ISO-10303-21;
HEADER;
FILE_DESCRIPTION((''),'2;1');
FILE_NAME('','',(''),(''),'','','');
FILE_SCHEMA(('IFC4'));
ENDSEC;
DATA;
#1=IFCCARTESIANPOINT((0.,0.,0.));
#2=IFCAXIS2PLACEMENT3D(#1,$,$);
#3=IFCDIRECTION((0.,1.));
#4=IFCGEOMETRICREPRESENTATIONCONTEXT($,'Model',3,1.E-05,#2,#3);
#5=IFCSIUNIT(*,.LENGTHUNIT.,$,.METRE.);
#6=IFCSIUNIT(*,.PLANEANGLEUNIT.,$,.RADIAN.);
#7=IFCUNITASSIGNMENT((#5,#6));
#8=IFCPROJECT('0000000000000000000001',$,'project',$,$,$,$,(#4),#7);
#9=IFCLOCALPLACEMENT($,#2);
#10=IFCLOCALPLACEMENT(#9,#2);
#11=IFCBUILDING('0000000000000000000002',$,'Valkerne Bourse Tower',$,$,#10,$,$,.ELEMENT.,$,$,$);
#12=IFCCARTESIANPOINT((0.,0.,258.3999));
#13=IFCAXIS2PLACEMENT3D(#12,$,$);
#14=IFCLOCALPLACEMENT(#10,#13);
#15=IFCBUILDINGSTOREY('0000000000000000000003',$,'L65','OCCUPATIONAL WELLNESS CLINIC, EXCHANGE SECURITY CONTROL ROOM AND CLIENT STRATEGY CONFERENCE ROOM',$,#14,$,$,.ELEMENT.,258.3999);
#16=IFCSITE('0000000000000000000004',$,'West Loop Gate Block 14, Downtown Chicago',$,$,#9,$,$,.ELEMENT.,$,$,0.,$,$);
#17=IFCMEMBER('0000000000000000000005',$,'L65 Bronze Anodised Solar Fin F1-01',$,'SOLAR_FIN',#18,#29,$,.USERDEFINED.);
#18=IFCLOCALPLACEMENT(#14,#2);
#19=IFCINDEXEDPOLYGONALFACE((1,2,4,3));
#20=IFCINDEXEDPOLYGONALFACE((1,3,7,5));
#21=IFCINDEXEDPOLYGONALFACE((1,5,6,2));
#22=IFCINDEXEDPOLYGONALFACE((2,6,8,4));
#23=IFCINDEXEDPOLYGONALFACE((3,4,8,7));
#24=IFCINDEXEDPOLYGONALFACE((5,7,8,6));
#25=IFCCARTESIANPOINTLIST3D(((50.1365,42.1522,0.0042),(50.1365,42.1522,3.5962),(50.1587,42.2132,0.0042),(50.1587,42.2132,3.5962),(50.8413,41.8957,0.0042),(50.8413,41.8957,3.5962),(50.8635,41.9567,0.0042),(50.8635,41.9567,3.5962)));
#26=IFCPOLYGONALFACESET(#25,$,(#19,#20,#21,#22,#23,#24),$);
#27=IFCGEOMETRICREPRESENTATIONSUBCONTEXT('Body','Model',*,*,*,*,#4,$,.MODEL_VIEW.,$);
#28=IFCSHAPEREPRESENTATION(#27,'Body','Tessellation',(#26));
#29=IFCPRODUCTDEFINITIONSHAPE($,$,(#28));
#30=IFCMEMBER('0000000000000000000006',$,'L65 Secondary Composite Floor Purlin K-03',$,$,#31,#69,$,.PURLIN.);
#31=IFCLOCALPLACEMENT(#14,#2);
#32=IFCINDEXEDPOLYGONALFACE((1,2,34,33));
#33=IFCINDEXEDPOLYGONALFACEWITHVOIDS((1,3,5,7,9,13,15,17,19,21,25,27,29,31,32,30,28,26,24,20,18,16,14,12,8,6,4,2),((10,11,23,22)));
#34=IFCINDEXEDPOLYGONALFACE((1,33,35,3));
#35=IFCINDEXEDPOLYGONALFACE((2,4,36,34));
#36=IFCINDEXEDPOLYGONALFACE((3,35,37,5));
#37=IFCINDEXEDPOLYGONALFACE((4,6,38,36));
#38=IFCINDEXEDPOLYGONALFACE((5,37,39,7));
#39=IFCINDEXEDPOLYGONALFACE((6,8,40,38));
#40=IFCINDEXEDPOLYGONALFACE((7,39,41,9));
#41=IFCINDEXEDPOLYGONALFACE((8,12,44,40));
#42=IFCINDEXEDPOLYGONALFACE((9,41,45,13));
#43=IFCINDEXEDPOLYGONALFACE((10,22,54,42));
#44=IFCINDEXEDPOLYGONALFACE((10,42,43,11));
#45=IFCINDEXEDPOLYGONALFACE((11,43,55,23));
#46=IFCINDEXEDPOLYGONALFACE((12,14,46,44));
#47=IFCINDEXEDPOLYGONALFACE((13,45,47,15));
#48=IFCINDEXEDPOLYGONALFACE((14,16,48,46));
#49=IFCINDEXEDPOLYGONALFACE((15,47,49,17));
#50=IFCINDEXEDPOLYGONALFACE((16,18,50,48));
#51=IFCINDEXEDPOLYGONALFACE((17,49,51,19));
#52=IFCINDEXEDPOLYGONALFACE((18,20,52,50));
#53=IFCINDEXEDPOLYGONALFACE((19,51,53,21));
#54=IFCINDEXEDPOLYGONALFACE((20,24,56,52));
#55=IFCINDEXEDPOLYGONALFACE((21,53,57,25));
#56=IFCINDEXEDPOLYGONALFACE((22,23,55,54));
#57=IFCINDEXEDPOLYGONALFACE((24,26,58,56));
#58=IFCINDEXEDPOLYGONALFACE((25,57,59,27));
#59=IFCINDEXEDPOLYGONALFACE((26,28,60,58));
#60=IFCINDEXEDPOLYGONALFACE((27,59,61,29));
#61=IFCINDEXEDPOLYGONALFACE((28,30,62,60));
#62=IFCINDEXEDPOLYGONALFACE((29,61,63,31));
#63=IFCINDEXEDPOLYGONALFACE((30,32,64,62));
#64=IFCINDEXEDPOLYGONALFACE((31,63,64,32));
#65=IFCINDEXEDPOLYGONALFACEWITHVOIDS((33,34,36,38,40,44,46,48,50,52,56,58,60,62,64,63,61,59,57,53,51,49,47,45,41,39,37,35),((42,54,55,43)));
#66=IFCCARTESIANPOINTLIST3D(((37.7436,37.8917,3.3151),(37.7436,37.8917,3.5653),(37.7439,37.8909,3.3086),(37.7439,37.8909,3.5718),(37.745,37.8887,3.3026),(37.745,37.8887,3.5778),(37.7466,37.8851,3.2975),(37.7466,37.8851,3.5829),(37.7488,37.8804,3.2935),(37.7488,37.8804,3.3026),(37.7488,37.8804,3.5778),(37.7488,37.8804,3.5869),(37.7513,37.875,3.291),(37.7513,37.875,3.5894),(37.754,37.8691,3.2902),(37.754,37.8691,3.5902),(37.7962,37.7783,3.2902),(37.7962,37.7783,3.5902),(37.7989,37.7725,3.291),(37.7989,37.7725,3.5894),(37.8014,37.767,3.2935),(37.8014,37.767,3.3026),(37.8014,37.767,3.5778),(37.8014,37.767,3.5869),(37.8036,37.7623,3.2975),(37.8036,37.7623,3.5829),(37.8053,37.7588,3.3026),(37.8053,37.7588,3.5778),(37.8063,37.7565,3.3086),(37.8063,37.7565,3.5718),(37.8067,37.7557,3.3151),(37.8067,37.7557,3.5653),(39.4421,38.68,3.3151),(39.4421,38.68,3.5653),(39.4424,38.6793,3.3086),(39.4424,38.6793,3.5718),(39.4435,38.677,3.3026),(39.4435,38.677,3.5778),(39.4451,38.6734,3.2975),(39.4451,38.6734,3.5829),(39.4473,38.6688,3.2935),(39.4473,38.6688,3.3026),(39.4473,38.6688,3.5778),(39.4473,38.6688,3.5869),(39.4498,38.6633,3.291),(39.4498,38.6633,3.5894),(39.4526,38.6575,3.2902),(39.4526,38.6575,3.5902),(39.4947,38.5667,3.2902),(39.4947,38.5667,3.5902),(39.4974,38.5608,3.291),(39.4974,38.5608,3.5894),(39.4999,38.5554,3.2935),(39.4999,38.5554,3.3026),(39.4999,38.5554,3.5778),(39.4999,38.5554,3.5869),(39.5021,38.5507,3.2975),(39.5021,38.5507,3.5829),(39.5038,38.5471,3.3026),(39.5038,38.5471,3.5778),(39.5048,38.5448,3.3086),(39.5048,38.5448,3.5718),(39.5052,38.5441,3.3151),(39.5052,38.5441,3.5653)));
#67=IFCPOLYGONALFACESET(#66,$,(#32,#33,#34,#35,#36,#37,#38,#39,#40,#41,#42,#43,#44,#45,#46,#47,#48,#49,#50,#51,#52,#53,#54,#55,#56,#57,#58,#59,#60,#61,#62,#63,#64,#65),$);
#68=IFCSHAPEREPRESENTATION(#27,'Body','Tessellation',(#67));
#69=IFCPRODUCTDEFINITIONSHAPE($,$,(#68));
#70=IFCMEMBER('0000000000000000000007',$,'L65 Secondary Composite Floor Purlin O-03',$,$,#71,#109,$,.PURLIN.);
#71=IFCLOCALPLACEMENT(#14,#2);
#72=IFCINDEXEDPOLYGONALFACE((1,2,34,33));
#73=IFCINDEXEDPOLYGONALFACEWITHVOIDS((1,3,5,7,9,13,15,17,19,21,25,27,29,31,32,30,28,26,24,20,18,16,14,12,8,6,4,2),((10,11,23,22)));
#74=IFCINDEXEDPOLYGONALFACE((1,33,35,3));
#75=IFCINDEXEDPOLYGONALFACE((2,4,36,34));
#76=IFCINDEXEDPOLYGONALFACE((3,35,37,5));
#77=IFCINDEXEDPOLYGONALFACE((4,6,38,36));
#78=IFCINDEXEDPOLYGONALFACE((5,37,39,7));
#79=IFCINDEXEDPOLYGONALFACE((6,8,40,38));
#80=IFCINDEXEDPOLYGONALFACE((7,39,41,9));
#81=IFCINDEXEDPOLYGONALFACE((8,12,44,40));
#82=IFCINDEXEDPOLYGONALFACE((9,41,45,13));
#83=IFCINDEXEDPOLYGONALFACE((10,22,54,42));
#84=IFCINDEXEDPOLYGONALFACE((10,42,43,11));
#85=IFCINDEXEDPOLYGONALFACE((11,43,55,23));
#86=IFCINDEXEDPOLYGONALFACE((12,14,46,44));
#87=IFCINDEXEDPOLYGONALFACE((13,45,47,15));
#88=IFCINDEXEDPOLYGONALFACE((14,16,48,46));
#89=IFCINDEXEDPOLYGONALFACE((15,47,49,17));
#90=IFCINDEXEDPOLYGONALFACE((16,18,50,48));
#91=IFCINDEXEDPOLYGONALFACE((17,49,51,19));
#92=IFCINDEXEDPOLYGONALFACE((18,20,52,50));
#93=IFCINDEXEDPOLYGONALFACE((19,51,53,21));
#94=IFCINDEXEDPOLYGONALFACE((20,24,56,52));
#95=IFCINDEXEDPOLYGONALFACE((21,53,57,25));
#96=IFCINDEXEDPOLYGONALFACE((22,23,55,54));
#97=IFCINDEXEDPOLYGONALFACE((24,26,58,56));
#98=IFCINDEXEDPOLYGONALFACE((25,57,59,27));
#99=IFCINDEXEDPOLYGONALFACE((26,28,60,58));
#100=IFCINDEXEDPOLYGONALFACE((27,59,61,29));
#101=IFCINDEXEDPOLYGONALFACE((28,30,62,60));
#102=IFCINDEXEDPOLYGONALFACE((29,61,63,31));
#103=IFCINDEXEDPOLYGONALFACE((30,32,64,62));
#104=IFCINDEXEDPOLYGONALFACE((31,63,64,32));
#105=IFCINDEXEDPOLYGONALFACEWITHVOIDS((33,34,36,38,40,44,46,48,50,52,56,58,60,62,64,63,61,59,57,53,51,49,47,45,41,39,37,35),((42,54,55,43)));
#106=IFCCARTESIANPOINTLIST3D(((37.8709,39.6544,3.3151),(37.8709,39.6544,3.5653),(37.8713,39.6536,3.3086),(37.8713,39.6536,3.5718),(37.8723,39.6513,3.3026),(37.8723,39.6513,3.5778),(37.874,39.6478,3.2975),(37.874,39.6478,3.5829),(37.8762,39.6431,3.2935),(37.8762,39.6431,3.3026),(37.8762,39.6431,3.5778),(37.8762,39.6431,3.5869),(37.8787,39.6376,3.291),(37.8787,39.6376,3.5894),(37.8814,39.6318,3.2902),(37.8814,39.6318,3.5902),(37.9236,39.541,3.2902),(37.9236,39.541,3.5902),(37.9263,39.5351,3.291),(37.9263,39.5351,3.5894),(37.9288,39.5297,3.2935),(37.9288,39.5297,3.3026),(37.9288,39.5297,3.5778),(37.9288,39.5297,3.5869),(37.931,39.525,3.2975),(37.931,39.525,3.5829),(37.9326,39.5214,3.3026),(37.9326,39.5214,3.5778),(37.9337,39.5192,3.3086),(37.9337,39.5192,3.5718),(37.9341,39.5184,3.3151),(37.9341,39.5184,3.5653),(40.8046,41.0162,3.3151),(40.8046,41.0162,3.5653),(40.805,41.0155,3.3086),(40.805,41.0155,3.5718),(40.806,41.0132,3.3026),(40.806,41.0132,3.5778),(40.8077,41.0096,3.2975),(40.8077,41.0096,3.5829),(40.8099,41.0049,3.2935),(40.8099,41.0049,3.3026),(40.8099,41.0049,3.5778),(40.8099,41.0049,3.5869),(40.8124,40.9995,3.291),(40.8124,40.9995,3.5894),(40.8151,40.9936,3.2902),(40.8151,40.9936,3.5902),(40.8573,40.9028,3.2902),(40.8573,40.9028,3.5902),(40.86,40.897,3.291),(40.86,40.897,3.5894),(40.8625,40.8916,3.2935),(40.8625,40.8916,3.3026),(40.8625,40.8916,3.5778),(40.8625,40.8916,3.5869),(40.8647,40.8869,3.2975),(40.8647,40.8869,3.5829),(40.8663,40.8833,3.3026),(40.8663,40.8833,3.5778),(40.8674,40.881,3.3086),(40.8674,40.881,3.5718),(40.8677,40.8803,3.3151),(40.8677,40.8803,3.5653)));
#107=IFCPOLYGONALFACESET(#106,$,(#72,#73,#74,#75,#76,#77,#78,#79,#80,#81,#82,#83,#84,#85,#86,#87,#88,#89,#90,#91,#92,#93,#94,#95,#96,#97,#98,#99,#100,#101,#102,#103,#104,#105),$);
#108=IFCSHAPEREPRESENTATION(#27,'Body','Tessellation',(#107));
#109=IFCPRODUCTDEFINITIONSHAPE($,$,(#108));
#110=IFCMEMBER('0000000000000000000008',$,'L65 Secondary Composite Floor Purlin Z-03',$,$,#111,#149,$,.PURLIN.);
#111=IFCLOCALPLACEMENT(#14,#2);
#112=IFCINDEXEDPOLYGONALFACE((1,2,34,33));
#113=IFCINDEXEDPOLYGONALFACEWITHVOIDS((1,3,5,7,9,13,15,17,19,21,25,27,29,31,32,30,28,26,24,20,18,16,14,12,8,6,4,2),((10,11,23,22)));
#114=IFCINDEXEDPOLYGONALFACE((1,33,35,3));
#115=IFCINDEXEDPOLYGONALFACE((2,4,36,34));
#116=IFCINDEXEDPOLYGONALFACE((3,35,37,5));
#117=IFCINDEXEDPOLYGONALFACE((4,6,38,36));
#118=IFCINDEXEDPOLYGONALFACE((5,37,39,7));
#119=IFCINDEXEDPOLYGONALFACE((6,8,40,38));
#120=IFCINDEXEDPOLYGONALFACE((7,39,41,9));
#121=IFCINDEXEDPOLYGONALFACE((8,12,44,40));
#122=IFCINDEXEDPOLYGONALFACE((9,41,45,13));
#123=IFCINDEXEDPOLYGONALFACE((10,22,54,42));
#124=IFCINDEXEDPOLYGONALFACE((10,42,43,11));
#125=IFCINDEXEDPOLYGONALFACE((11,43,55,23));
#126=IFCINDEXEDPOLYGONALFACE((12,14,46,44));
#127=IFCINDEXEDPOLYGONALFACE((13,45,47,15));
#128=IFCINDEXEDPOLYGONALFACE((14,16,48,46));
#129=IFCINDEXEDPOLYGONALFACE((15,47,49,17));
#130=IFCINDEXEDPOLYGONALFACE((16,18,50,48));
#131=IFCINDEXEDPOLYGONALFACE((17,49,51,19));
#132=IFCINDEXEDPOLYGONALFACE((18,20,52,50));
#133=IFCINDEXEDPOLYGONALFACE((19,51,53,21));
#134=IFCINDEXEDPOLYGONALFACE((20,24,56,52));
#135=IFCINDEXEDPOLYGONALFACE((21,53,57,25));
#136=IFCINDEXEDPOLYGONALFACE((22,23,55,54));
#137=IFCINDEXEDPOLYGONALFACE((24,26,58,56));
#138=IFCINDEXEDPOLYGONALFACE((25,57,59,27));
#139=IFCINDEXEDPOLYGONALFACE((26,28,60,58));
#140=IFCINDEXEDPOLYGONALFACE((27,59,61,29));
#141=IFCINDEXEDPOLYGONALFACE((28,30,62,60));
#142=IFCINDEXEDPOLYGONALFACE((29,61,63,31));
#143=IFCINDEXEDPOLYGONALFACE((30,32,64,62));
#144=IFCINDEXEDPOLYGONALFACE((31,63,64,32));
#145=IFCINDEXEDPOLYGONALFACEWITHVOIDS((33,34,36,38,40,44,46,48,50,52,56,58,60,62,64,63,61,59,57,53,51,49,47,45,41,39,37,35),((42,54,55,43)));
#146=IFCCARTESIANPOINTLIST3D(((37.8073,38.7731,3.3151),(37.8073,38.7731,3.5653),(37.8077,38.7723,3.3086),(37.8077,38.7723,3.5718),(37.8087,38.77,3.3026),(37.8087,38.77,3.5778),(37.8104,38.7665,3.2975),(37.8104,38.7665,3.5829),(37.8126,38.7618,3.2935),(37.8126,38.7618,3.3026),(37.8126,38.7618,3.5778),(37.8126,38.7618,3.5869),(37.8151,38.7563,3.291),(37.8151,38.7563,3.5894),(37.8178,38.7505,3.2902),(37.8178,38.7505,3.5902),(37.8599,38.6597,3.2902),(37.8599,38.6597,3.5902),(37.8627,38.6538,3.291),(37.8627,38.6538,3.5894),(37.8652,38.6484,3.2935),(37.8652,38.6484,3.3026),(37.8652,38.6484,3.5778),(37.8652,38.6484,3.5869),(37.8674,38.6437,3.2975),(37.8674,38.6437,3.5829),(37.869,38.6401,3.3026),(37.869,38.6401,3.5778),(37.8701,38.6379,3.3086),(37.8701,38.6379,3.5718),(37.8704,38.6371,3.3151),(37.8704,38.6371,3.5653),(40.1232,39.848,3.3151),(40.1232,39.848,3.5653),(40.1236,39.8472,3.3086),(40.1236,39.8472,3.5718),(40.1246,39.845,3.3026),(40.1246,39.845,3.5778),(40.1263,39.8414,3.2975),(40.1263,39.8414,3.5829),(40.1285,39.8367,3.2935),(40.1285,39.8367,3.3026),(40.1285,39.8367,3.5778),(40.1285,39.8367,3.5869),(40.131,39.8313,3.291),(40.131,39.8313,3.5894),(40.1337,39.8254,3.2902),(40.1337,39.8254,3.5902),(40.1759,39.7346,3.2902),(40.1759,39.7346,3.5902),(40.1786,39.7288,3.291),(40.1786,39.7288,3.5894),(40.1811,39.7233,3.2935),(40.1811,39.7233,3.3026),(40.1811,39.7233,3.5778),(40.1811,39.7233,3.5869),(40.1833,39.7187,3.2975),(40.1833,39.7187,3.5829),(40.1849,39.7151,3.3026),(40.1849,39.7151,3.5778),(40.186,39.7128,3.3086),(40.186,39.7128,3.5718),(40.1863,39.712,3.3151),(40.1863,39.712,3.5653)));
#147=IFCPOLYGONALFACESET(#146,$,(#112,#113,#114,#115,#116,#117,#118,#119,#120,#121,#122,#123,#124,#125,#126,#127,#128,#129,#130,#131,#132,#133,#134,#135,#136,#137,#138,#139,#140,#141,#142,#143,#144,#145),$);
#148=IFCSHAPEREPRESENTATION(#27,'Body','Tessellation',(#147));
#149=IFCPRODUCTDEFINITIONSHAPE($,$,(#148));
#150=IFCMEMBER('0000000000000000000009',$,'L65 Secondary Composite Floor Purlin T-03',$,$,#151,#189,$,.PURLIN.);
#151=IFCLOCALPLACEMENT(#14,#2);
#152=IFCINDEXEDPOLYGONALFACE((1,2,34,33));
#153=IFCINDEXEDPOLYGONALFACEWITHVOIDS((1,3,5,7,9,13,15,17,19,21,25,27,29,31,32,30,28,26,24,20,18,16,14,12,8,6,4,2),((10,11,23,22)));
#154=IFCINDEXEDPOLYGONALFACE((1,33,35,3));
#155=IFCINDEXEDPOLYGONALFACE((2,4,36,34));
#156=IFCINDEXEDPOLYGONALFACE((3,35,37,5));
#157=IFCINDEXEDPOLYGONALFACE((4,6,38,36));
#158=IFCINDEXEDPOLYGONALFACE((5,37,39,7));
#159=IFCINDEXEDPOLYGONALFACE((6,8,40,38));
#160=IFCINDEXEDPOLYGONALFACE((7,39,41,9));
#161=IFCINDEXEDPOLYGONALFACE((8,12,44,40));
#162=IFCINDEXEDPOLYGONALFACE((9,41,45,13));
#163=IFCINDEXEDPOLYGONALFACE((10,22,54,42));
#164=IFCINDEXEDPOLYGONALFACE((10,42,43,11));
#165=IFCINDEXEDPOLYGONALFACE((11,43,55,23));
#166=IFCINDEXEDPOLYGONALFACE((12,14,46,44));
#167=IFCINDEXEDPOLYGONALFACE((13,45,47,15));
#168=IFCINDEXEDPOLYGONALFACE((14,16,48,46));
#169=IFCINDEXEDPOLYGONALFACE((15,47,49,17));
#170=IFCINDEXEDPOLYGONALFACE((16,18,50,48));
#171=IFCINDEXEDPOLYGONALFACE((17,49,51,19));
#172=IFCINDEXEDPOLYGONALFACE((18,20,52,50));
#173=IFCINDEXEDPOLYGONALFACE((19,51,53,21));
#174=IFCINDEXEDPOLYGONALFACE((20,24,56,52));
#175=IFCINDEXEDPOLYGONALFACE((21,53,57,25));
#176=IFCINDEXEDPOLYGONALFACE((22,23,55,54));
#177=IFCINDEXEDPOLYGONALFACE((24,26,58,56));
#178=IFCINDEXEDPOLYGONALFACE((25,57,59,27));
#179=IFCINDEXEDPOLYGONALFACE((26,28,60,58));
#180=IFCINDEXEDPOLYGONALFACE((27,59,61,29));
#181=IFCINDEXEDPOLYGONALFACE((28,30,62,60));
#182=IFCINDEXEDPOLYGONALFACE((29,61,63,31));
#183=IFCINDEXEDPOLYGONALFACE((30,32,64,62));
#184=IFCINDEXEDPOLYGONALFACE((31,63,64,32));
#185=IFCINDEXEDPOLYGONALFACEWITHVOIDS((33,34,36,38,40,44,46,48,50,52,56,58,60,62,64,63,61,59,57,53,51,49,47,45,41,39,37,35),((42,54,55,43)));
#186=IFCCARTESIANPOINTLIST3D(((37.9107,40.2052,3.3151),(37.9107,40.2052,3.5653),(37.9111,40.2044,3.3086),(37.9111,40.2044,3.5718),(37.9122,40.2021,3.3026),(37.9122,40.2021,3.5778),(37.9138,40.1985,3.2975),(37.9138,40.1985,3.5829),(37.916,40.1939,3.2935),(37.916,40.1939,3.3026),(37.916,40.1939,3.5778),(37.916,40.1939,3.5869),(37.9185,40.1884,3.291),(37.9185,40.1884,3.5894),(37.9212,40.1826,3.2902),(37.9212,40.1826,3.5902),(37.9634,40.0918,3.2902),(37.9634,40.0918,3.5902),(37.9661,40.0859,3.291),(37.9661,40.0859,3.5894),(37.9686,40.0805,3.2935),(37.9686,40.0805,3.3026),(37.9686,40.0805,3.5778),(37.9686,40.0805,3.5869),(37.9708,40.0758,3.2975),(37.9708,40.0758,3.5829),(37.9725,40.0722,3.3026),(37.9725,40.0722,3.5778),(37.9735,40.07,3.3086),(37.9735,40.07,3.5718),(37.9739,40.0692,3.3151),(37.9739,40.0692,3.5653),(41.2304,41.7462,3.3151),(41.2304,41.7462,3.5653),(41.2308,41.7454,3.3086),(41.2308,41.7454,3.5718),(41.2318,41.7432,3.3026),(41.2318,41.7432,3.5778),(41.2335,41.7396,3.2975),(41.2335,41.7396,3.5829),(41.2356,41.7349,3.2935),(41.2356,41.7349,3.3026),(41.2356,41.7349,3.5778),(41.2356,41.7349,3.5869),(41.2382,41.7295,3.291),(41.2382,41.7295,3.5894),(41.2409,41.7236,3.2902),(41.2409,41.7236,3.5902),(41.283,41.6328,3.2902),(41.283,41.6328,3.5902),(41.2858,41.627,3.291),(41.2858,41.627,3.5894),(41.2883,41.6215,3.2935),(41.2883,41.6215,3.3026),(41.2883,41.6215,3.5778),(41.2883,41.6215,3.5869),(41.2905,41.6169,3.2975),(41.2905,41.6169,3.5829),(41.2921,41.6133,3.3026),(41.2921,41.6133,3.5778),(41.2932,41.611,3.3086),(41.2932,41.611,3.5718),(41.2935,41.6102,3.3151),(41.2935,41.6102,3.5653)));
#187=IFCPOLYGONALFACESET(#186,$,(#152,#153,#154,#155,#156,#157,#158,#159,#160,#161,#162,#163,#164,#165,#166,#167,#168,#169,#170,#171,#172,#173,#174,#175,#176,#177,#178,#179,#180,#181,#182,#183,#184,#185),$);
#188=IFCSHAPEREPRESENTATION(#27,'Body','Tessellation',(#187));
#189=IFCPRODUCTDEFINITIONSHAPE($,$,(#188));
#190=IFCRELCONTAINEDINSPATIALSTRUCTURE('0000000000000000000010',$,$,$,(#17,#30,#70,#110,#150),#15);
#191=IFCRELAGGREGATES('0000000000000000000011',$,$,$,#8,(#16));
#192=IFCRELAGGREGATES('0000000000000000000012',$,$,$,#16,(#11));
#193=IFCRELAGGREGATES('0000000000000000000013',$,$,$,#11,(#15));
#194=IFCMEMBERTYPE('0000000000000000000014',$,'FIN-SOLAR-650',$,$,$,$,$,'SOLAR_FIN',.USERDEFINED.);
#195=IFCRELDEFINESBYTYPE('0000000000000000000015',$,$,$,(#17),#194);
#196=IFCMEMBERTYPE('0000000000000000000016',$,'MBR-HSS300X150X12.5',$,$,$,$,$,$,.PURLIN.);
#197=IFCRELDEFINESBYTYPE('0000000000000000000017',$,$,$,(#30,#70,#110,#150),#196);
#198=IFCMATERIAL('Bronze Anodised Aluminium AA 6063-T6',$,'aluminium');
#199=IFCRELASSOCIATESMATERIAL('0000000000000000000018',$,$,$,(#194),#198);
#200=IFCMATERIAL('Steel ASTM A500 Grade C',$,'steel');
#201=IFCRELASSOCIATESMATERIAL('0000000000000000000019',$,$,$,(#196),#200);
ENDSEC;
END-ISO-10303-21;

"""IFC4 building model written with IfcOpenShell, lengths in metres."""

from ifc_helpers import new_model, si_unit, direction, frame, origin, origin_2d, place, context, subcontext, project, spatial, rectangle, hollow_rectangle, extrude, material, material_profile, profile_set, type_object, element, save


model = new_model("IFC4")

# Units and contexts
model_context = context("Model", 3, precision=1e-05, world=origin(), true_north=direction((0.0, 1.0)))
body_context = subcontext(model_context, "Body", "Model", "MODEL_VIEW")
ifc_project = project(units=[si_unit("LENGTHUNIT", "METRE"), si_unit("PLANEANGLEUNIT", "RADIAN")], contexts=[model_context])

# Site, building, storey
site_placement = place(None, origin())
site = spatial("IfcSite", under=ifc_project, at=site_placement, Name="West Loop Gate Block 14, Downtown Chicago", CompositionType="ELEMENT", RefElevation=0.0)
building_placement = place(site_placement, origin())
building = spatial("IfcBuilding", under=site, at=building_placement, Name="Valkerne Bourse Tower", CompositionType="ELEMENT")
storey_placement = place(building_placement, frame((0.0, 0.0, 258.3999)))
storey = spatial("IfcBuildingStorey", under=building, at=storey_placement, Name="L65", Description="OCCUPATIONAL WELLNESS CLINIC, EXCHANGE SECURITY CONTROL ROOM AND CLIENT STRATEGY CONFERENCE ROOM", CompositionType="ELEMENT", Elevation=258.3999)

# Members
ifc_material_1 = material(Name="Bronze Anodised Aluminium AA 6063-T6", Category="aluminium")
ifc_material_profile_1 = material_profile(ifc_material_1, rectangle(XDim=0.0649, YDim=0.75, at=origin_2d()), Name="FIN-65X750")
ifc_profile_set_1 = profile_set([ifc_material_profile_1], Name="Bronze Anodised Aluminium AA 6063-T6")
member_type_1 = type_object("IfcMemberType", Name="FIN-SOLAR-650", ElementType="SOLAR_FIN", PredefinedType="USERDEFINED", material=ifc_profile_set_1)
member_1_placement = place(storey_placement, frame((50.5, 42.0544, 0.0042), z_axis=(0.0, 0.0, 1.0), x_axis=(0.341946, 0.93972, 0.0)))
element("IfcMember", 1, at=member_1_placement, inside=storey, type_object=member_type_1, Name="L65 Bronze Anodised Solar Fin F1-01", ObjectType="SOLAR_FIN", PredefinedType="USERDEFINED", context=body_context, shape_type="SweptSolid", body=[
    extrude(rectangle(XDim=0.0649, YDim=0.75, at=origin_2d()), origin(), (0.0, 0.0, 1.0), 3.592),
])
ifc_material_2 = material(Name="Steel ASTM A500 Grade C", Category="steel")
ifc_material_profile_2 = material_profile(ifc_material_2, hollow_rectangle(XDim=0.1499, YDim=0.3, WallThickness=0.0125, OuterFilletRadius=0.0249, at=origin_2d()), Name="HSS300X150X12.5")
ifc_profile_set_2 = profile_set([ifc_material_profile_2], Name="Steel ASTM A500 Grade C")
member_type_2 = type_object("IfcMemberType", Name="MBR-HSS300X150X12.5", PredefinedType="PURLIN", material=ifc_profile_set_2)
member_2_placement = place(storey_placement, frame((39.4736, 38.6121, 3.4402), z_axis=(-0.907061, -0.421, 0.0), x_axis=(0.421, -0.907061, 0.0)))
element("IfcMember", 2, at=member_2_placement, inside=storey, type_object=member_type_2, Name="L65 Secondary Composite Floor Purlin K-03", PredefinedType="PURLIN", context=body_context, shape_type="SweptSolid", body=[
    extrude(hollow_rectangle(XDim=0.1499, YDim=0.3, WallThickness=0.0125, OuterFilletRadius=0.0249, at=origin_2d()), origin(), (0.0, 0.0, 1.0), 1.8726),
])
member_3_placement = place(storey_placement, frame((40.8362, 40.9482, 3.4402), z_axis=(-0.907034, -0.421058, 0.0), x_axis=(0.421058, -0.907034, 0.0)))
element("IfcMember", 3, at=member_3_placement, inside=storey, type_object=member_type_2, Name="L65 Secondary Composite Floor Purlin O-03", PredefinedType="PURLIN", context=body_context, shape_type="SweptSolid", body=[
    extrude(hollow_rectangle(XDim=0.1499, YDim=0.3, WallThickness=0.0125, OuterFilletRadius=0.0249, at=origin_2d()), origin(), (0.0, 0.0, 1.0), 3.2344),
])
member_4_placement = place(storey_placement, frame((40.1548, 39.78, 3.4402), z_axis=(-0.907053, -0.421016, 0.0), x_axis=(0.421016, -0.907053, 0.0)))
element("IfcMember", 4, at=member_4_placement, inside=storey, type_object=member_type_2, Name="L65 Secondary Composite Floor Purlin Z-03", PredefinedType="PURLIN", context=body_context, shape_type="SweptSolid", body=[
    extrude(hollow_rectangle(XDim=0.1499, YDim=0.3, WallThickness=0.0125, OuterFilletRadius=0.0249, at=origin_2d()), origin(), (0.0, 0.0, 1.0), 2.5532),
])
member_5_placement = place(storey_placement, frame((41.262, 41.6782, 3.4402), z_axis=(-0.907032, -0.421062, 0.0), x_axis=(0.421062, -0.907032, 0.0)))
element("IfcMember", 5, at=member_5_placement, inside=storey, type_object=member_type_2, Name="L65 Secondary Composite Floor Purlin T-03", PredefinedType="PURLIN", context=body_context, shape_type="SweptSolid", body=[
    extrude(hollow_rectangle(XDim=0.1499, YDim=0.3, WallThickness=0.0125, OuterFilletRadius=0.0249, at=origin_2d()), origin(), (0.0, 0.0, 1.0), 3.6599),
])

save(model, "model.ifc")
